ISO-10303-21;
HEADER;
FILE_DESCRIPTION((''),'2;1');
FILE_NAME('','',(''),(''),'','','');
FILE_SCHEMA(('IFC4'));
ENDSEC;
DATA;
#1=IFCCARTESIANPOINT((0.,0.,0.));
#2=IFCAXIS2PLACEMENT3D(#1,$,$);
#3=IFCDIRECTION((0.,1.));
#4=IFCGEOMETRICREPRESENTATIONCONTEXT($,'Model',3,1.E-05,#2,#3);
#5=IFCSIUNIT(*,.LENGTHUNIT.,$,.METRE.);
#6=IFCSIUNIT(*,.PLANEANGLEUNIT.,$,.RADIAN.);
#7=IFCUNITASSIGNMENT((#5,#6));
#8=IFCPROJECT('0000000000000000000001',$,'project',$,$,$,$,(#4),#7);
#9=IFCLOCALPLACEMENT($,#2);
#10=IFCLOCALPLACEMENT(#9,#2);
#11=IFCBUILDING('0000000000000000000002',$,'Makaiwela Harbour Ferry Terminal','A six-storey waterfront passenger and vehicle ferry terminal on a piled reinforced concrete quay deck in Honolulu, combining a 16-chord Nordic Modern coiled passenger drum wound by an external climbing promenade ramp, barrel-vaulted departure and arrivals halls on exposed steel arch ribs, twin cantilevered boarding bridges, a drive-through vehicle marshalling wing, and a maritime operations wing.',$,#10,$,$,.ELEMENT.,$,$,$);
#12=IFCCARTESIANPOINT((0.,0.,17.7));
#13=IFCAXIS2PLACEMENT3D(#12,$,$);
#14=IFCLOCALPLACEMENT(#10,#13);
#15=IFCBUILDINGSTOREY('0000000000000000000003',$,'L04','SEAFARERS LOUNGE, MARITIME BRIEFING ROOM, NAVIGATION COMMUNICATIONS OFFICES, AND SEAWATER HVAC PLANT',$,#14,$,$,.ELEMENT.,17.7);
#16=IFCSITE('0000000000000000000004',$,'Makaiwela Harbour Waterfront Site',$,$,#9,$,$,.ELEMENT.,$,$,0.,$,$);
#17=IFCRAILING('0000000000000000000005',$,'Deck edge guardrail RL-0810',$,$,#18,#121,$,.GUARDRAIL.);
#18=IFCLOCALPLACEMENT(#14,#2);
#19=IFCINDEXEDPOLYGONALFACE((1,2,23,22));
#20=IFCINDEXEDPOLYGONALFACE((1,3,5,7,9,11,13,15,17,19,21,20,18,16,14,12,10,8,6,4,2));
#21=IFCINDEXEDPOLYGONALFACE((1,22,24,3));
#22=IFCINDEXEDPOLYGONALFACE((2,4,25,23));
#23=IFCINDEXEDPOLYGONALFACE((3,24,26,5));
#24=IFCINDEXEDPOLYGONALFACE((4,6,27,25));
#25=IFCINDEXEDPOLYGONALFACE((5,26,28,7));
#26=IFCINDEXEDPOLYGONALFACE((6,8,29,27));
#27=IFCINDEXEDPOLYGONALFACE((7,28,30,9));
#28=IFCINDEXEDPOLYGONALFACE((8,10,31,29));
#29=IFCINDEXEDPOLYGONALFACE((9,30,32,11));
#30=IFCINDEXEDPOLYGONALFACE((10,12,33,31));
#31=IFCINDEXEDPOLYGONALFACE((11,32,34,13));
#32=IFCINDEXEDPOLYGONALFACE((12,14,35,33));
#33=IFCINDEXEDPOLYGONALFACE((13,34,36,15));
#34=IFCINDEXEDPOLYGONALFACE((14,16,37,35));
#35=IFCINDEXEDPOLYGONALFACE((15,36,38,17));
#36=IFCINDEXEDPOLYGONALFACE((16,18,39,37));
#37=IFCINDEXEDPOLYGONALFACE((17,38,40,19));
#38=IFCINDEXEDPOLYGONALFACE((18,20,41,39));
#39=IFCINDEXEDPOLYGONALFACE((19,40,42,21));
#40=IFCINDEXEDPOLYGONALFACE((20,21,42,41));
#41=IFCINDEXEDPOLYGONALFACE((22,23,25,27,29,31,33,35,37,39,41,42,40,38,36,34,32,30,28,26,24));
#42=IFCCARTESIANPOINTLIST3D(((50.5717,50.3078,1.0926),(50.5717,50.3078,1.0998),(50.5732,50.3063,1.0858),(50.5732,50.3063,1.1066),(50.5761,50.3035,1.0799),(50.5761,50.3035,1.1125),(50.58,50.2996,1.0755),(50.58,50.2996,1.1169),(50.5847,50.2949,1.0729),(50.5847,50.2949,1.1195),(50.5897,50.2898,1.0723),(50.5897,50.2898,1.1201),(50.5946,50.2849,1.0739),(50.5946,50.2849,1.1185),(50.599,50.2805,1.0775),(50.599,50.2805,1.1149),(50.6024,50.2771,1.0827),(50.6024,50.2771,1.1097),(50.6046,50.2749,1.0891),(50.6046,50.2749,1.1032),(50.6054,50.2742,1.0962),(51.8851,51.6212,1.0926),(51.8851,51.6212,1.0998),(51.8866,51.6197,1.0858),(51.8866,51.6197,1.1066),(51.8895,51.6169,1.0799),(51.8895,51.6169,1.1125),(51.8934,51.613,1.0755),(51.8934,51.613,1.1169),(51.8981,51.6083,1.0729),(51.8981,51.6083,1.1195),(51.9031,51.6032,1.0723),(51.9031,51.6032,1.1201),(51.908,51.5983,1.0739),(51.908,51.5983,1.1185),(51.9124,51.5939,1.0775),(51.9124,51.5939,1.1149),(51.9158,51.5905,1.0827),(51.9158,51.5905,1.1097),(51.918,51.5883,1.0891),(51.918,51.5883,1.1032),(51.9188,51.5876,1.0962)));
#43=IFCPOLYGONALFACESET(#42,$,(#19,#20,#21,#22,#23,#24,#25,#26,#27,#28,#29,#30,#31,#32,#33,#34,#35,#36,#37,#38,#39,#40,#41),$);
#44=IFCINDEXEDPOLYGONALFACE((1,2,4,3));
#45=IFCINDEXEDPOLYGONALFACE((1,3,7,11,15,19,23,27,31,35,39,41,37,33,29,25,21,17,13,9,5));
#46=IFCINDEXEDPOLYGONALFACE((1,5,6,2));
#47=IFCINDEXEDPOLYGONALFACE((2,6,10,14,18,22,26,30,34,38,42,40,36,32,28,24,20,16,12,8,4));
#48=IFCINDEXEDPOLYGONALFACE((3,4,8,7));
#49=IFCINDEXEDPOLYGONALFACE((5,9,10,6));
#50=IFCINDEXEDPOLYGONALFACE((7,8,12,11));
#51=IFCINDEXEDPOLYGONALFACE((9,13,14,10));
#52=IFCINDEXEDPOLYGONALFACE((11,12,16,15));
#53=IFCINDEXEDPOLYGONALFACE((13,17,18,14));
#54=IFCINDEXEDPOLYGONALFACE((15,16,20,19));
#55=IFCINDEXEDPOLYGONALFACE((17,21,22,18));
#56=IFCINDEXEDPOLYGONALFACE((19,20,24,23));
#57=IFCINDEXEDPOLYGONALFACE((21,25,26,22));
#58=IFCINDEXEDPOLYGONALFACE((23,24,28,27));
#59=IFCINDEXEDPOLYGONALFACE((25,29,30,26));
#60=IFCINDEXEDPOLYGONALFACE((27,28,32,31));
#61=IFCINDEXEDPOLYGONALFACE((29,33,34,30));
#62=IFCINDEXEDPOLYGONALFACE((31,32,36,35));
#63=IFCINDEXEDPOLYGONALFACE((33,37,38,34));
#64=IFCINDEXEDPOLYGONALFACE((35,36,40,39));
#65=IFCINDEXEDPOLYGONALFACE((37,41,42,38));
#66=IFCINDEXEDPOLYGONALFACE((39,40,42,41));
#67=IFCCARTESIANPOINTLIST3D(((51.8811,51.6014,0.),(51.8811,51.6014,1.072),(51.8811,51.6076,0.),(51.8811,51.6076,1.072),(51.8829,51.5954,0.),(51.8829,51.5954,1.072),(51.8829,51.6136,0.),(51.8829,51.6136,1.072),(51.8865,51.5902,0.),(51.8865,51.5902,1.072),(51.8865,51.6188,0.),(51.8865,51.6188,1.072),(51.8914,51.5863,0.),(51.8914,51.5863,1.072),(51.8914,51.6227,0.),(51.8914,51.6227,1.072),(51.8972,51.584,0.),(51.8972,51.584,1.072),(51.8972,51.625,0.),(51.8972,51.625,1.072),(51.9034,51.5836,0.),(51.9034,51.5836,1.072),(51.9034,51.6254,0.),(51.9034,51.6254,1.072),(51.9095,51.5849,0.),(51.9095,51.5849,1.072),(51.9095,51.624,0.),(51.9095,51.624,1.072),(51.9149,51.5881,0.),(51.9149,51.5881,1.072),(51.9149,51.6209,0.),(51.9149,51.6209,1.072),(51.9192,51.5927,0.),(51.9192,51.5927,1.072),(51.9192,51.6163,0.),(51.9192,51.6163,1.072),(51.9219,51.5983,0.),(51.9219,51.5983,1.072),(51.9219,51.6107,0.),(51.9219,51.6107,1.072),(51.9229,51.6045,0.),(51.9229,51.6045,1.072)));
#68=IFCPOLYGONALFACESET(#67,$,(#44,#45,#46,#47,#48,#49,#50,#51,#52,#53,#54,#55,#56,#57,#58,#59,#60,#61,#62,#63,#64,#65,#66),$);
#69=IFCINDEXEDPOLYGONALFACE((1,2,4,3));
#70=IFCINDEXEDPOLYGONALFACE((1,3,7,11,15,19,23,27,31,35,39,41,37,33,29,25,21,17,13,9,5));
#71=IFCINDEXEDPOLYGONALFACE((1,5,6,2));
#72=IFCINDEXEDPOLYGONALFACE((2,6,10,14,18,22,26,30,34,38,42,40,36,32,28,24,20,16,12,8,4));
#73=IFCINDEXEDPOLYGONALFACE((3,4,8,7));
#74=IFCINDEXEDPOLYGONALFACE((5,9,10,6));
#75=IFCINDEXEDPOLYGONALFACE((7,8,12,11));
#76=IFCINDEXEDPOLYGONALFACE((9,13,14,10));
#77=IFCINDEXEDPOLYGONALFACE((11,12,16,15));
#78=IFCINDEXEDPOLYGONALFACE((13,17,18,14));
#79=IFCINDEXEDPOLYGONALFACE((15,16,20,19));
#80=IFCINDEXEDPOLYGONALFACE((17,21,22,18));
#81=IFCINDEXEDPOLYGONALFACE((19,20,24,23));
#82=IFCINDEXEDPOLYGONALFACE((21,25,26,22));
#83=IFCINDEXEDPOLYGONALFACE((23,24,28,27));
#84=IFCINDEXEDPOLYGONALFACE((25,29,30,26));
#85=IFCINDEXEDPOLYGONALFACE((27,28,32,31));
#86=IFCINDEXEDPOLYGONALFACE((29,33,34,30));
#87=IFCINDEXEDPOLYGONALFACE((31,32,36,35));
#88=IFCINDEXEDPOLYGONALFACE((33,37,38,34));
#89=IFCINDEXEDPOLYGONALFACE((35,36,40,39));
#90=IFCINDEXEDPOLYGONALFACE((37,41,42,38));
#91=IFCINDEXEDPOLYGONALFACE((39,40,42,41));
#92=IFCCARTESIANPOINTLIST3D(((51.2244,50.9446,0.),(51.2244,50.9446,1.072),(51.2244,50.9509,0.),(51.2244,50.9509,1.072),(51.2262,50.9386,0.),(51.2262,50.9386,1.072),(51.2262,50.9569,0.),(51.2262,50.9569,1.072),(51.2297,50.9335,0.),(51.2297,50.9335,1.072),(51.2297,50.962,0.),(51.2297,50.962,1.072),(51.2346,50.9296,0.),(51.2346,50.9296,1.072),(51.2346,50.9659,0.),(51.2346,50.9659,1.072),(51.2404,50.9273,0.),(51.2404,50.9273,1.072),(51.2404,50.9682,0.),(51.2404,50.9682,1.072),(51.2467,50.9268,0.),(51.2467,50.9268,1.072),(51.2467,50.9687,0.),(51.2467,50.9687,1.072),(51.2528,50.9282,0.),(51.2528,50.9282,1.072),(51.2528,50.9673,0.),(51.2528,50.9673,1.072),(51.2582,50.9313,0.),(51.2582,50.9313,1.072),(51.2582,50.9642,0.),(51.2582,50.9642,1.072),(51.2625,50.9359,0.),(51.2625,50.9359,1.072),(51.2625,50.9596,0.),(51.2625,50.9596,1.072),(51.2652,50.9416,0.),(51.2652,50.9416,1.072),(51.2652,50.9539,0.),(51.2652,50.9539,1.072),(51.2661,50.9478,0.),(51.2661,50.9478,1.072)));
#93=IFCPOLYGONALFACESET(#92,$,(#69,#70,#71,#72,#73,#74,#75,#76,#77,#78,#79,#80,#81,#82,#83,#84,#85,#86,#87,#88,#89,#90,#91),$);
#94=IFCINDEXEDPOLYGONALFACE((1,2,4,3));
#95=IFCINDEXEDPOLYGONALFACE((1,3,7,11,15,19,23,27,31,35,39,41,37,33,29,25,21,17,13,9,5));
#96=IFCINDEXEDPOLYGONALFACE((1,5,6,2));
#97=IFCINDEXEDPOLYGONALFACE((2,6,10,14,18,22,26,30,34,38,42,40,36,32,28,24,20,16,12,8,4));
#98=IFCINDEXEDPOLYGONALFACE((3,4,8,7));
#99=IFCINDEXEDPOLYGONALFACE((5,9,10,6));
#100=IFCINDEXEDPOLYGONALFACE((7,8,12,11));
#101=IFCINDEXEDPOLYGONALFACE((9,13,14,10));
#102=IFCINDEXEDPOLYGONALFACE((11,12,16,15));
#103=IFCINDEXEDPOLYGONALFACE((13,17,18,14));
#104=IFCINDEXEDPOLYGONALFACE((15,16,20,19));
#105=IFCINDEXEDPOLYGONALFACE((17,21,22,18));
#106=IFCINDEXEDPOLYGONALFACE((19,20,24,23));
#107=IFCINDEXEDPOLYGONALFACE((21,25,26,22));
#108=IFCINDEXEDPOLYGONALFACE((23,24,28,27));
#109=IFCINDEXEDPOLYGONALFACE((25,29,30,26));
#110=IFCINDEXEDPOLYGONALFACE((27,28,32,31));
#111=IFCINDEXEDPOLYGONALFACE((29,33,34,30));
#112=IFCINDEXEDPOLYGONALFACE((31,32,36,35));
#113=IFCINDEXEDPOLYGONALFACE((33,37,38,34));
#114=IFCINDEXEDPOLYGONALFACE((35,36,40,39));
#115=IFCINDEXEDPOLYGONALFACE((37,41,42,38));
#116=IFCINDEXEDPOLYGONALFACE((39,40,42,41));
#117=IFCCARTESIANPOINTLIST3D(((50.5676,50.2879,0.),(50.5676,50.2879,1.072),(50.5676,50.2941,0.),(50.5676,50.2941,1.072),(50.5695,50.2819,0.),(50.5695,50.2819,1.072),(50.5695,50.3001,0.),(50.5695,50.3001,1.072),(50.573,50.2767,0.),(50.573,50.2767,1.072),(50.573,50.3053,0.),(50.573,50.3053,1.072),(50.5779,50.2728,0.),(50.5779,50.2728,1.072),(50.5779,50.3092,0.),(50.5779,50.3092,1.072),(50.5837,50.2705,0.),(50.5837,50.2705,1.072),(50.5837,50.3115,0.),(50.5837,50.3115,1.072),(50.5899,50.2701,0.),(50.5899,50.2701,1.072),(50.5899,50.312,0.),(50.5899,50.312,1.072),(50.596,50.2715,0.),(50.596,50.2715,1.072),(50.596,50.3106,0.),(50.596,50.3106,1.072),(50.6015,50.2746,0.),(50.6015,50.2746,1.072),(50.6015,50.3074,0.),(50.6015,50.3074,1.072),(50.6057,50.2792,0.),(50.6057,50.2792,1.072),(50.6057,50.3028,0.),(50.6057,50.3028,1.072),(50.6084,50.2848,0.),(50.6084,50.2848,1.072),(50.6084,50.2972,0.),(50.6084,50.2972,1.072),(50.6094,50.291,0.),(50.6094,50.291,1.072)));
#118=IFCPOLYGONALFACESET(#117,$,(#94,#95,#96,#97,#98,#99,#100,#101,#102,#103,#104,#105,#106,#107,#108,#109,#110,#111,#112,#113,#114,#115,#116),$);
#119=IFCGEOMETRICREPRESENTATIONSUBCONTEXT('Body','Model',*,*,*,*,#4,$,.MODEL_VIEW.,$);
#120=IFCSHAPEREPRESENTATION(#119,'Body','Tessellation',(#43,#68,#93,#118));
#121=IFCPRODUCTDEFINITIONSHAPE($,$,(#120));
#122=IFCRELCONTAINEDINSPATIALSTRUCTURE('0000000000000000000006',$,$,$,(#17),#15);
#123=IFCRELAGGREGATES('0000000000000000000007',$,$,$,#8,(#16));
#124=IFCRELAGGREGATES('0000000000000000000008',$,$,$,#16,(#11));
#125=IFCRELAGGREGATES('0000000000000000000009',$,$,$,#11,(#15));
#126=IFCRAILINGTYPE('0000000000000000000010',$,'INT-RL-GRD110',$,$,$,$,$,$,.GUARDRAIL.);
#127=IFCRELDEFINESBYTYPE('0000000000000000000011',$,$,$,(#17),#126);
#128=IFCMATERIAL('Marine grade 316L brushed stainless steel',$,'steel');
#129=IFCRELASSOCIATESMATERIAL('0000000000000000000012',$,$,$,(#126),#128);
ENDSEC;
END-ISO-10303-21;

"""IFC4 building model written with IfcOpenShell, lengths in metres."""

from ifc_helpers import new_model, si_unit, direction, frame, origin, origin_2d, place, context, subcontext, project, spatial, circle, extrude, material, type_object, element, save


model = new_model("IFC4")

# Units and contexts
model_context = context("Model", 3, precision=1e-05, world=origin(), true_north=direction((0.0, 1.0)))
body_context = subcontext(model_context, "Body", "Model", "MODEL_VIEW")
ifc_project = project(units=[si_unit("LENGTHUNIT", "METRE"), si_unit("PLANEANGLEUNIT", "RADIAN")], contexts=[model_context])

# Site, building, storey
site_placement = place(None, origin())
site = spatial("IfcSite", under=ifc_project, at=site_placement, Name="Makaiwela Harbour Waterfront Site", CompositionType="ELEMENT", RefElevation=0.0)
building_placement = place(site_placement, origin())
building = spatial("IfcBuilding", under=site, at=building_placement, Name="Makaiwela Harbour Ferry Terminal", Description="A six-storey waterfront passenger and vehicle ferry terminal on a piled reinforced concrete quay deck in Honolulu, combining a 16-chord Nordic Modern coiled passenger drum wound by an external climbing promenade ramp, barrel-vaulted departure and arrivals halls on exposed steel arch ribs, twin cantilevered boarding bridges, a drive-through vehicle marshalling wing, and a maritime operations wing.", CompositionType="ELEMENT")
storey_placement = place(building_placement, frame((0.0, 0.0, 17.7)))
storey = spatial("IfcBuildingStorey", under=building, at=storey_placement, Name="L04", Description="SEAFARERS LOUNGE, MARITIME BRIEFING ROOM, NAVIGATION COMMUNICATIONS OFFICES, AND SEAWATER HVAC PLANT", CompositionType="ELEMENT", Elevation=17.7)

# Railing
ifc_material_1 = material(Name="Marine grade 316L brushed stainless steel", Category="steel")
railing_type = type_object("IfcRailingType", Name="INT-RL-GRD110", PredefinedType="GUARDRAIL", material=ifc_material_1)
railing_1_placement = place(storey_placement, frame((51.9019, 51.6045, 0.0)))
element("IfcRailing", 1, at=railing_1_placement, inside=storey, type_object=railing_type, Name="Deck edge guardrail RL-0810", PredefinedType="GUARDRAIL", context=body_context, shape_type="SweptSolid", body=[
    extrude(circle(Radius=0.0239, at=origin_2d()), frame((0.0, 0.0, 1.0962), z_axis=(-0.707107, -0.707107, 0.0), x_axis=(0.707107, -0.707107, 0.0)), (0.0, 0.0, 1.0), 1.8574),
    extrude(circle(Radius=0.021, at=origin_2d()), origin(), (0.0, 0.0, 1.0), 1.072),
    extrude(circle(Radius=0.021, at=origin_2d()), frame((-0.6567, -0.6567, 0.0)), (0.0, 0.0, 1.0), 1.072),
    extrude(circle(Radius=0.021, at=origin_2d()), frame((-1.3135, -1.3135, 0.0)), (0.0, 0.0, 1.0), 1.072),
])

save(model, "model.ifc")
